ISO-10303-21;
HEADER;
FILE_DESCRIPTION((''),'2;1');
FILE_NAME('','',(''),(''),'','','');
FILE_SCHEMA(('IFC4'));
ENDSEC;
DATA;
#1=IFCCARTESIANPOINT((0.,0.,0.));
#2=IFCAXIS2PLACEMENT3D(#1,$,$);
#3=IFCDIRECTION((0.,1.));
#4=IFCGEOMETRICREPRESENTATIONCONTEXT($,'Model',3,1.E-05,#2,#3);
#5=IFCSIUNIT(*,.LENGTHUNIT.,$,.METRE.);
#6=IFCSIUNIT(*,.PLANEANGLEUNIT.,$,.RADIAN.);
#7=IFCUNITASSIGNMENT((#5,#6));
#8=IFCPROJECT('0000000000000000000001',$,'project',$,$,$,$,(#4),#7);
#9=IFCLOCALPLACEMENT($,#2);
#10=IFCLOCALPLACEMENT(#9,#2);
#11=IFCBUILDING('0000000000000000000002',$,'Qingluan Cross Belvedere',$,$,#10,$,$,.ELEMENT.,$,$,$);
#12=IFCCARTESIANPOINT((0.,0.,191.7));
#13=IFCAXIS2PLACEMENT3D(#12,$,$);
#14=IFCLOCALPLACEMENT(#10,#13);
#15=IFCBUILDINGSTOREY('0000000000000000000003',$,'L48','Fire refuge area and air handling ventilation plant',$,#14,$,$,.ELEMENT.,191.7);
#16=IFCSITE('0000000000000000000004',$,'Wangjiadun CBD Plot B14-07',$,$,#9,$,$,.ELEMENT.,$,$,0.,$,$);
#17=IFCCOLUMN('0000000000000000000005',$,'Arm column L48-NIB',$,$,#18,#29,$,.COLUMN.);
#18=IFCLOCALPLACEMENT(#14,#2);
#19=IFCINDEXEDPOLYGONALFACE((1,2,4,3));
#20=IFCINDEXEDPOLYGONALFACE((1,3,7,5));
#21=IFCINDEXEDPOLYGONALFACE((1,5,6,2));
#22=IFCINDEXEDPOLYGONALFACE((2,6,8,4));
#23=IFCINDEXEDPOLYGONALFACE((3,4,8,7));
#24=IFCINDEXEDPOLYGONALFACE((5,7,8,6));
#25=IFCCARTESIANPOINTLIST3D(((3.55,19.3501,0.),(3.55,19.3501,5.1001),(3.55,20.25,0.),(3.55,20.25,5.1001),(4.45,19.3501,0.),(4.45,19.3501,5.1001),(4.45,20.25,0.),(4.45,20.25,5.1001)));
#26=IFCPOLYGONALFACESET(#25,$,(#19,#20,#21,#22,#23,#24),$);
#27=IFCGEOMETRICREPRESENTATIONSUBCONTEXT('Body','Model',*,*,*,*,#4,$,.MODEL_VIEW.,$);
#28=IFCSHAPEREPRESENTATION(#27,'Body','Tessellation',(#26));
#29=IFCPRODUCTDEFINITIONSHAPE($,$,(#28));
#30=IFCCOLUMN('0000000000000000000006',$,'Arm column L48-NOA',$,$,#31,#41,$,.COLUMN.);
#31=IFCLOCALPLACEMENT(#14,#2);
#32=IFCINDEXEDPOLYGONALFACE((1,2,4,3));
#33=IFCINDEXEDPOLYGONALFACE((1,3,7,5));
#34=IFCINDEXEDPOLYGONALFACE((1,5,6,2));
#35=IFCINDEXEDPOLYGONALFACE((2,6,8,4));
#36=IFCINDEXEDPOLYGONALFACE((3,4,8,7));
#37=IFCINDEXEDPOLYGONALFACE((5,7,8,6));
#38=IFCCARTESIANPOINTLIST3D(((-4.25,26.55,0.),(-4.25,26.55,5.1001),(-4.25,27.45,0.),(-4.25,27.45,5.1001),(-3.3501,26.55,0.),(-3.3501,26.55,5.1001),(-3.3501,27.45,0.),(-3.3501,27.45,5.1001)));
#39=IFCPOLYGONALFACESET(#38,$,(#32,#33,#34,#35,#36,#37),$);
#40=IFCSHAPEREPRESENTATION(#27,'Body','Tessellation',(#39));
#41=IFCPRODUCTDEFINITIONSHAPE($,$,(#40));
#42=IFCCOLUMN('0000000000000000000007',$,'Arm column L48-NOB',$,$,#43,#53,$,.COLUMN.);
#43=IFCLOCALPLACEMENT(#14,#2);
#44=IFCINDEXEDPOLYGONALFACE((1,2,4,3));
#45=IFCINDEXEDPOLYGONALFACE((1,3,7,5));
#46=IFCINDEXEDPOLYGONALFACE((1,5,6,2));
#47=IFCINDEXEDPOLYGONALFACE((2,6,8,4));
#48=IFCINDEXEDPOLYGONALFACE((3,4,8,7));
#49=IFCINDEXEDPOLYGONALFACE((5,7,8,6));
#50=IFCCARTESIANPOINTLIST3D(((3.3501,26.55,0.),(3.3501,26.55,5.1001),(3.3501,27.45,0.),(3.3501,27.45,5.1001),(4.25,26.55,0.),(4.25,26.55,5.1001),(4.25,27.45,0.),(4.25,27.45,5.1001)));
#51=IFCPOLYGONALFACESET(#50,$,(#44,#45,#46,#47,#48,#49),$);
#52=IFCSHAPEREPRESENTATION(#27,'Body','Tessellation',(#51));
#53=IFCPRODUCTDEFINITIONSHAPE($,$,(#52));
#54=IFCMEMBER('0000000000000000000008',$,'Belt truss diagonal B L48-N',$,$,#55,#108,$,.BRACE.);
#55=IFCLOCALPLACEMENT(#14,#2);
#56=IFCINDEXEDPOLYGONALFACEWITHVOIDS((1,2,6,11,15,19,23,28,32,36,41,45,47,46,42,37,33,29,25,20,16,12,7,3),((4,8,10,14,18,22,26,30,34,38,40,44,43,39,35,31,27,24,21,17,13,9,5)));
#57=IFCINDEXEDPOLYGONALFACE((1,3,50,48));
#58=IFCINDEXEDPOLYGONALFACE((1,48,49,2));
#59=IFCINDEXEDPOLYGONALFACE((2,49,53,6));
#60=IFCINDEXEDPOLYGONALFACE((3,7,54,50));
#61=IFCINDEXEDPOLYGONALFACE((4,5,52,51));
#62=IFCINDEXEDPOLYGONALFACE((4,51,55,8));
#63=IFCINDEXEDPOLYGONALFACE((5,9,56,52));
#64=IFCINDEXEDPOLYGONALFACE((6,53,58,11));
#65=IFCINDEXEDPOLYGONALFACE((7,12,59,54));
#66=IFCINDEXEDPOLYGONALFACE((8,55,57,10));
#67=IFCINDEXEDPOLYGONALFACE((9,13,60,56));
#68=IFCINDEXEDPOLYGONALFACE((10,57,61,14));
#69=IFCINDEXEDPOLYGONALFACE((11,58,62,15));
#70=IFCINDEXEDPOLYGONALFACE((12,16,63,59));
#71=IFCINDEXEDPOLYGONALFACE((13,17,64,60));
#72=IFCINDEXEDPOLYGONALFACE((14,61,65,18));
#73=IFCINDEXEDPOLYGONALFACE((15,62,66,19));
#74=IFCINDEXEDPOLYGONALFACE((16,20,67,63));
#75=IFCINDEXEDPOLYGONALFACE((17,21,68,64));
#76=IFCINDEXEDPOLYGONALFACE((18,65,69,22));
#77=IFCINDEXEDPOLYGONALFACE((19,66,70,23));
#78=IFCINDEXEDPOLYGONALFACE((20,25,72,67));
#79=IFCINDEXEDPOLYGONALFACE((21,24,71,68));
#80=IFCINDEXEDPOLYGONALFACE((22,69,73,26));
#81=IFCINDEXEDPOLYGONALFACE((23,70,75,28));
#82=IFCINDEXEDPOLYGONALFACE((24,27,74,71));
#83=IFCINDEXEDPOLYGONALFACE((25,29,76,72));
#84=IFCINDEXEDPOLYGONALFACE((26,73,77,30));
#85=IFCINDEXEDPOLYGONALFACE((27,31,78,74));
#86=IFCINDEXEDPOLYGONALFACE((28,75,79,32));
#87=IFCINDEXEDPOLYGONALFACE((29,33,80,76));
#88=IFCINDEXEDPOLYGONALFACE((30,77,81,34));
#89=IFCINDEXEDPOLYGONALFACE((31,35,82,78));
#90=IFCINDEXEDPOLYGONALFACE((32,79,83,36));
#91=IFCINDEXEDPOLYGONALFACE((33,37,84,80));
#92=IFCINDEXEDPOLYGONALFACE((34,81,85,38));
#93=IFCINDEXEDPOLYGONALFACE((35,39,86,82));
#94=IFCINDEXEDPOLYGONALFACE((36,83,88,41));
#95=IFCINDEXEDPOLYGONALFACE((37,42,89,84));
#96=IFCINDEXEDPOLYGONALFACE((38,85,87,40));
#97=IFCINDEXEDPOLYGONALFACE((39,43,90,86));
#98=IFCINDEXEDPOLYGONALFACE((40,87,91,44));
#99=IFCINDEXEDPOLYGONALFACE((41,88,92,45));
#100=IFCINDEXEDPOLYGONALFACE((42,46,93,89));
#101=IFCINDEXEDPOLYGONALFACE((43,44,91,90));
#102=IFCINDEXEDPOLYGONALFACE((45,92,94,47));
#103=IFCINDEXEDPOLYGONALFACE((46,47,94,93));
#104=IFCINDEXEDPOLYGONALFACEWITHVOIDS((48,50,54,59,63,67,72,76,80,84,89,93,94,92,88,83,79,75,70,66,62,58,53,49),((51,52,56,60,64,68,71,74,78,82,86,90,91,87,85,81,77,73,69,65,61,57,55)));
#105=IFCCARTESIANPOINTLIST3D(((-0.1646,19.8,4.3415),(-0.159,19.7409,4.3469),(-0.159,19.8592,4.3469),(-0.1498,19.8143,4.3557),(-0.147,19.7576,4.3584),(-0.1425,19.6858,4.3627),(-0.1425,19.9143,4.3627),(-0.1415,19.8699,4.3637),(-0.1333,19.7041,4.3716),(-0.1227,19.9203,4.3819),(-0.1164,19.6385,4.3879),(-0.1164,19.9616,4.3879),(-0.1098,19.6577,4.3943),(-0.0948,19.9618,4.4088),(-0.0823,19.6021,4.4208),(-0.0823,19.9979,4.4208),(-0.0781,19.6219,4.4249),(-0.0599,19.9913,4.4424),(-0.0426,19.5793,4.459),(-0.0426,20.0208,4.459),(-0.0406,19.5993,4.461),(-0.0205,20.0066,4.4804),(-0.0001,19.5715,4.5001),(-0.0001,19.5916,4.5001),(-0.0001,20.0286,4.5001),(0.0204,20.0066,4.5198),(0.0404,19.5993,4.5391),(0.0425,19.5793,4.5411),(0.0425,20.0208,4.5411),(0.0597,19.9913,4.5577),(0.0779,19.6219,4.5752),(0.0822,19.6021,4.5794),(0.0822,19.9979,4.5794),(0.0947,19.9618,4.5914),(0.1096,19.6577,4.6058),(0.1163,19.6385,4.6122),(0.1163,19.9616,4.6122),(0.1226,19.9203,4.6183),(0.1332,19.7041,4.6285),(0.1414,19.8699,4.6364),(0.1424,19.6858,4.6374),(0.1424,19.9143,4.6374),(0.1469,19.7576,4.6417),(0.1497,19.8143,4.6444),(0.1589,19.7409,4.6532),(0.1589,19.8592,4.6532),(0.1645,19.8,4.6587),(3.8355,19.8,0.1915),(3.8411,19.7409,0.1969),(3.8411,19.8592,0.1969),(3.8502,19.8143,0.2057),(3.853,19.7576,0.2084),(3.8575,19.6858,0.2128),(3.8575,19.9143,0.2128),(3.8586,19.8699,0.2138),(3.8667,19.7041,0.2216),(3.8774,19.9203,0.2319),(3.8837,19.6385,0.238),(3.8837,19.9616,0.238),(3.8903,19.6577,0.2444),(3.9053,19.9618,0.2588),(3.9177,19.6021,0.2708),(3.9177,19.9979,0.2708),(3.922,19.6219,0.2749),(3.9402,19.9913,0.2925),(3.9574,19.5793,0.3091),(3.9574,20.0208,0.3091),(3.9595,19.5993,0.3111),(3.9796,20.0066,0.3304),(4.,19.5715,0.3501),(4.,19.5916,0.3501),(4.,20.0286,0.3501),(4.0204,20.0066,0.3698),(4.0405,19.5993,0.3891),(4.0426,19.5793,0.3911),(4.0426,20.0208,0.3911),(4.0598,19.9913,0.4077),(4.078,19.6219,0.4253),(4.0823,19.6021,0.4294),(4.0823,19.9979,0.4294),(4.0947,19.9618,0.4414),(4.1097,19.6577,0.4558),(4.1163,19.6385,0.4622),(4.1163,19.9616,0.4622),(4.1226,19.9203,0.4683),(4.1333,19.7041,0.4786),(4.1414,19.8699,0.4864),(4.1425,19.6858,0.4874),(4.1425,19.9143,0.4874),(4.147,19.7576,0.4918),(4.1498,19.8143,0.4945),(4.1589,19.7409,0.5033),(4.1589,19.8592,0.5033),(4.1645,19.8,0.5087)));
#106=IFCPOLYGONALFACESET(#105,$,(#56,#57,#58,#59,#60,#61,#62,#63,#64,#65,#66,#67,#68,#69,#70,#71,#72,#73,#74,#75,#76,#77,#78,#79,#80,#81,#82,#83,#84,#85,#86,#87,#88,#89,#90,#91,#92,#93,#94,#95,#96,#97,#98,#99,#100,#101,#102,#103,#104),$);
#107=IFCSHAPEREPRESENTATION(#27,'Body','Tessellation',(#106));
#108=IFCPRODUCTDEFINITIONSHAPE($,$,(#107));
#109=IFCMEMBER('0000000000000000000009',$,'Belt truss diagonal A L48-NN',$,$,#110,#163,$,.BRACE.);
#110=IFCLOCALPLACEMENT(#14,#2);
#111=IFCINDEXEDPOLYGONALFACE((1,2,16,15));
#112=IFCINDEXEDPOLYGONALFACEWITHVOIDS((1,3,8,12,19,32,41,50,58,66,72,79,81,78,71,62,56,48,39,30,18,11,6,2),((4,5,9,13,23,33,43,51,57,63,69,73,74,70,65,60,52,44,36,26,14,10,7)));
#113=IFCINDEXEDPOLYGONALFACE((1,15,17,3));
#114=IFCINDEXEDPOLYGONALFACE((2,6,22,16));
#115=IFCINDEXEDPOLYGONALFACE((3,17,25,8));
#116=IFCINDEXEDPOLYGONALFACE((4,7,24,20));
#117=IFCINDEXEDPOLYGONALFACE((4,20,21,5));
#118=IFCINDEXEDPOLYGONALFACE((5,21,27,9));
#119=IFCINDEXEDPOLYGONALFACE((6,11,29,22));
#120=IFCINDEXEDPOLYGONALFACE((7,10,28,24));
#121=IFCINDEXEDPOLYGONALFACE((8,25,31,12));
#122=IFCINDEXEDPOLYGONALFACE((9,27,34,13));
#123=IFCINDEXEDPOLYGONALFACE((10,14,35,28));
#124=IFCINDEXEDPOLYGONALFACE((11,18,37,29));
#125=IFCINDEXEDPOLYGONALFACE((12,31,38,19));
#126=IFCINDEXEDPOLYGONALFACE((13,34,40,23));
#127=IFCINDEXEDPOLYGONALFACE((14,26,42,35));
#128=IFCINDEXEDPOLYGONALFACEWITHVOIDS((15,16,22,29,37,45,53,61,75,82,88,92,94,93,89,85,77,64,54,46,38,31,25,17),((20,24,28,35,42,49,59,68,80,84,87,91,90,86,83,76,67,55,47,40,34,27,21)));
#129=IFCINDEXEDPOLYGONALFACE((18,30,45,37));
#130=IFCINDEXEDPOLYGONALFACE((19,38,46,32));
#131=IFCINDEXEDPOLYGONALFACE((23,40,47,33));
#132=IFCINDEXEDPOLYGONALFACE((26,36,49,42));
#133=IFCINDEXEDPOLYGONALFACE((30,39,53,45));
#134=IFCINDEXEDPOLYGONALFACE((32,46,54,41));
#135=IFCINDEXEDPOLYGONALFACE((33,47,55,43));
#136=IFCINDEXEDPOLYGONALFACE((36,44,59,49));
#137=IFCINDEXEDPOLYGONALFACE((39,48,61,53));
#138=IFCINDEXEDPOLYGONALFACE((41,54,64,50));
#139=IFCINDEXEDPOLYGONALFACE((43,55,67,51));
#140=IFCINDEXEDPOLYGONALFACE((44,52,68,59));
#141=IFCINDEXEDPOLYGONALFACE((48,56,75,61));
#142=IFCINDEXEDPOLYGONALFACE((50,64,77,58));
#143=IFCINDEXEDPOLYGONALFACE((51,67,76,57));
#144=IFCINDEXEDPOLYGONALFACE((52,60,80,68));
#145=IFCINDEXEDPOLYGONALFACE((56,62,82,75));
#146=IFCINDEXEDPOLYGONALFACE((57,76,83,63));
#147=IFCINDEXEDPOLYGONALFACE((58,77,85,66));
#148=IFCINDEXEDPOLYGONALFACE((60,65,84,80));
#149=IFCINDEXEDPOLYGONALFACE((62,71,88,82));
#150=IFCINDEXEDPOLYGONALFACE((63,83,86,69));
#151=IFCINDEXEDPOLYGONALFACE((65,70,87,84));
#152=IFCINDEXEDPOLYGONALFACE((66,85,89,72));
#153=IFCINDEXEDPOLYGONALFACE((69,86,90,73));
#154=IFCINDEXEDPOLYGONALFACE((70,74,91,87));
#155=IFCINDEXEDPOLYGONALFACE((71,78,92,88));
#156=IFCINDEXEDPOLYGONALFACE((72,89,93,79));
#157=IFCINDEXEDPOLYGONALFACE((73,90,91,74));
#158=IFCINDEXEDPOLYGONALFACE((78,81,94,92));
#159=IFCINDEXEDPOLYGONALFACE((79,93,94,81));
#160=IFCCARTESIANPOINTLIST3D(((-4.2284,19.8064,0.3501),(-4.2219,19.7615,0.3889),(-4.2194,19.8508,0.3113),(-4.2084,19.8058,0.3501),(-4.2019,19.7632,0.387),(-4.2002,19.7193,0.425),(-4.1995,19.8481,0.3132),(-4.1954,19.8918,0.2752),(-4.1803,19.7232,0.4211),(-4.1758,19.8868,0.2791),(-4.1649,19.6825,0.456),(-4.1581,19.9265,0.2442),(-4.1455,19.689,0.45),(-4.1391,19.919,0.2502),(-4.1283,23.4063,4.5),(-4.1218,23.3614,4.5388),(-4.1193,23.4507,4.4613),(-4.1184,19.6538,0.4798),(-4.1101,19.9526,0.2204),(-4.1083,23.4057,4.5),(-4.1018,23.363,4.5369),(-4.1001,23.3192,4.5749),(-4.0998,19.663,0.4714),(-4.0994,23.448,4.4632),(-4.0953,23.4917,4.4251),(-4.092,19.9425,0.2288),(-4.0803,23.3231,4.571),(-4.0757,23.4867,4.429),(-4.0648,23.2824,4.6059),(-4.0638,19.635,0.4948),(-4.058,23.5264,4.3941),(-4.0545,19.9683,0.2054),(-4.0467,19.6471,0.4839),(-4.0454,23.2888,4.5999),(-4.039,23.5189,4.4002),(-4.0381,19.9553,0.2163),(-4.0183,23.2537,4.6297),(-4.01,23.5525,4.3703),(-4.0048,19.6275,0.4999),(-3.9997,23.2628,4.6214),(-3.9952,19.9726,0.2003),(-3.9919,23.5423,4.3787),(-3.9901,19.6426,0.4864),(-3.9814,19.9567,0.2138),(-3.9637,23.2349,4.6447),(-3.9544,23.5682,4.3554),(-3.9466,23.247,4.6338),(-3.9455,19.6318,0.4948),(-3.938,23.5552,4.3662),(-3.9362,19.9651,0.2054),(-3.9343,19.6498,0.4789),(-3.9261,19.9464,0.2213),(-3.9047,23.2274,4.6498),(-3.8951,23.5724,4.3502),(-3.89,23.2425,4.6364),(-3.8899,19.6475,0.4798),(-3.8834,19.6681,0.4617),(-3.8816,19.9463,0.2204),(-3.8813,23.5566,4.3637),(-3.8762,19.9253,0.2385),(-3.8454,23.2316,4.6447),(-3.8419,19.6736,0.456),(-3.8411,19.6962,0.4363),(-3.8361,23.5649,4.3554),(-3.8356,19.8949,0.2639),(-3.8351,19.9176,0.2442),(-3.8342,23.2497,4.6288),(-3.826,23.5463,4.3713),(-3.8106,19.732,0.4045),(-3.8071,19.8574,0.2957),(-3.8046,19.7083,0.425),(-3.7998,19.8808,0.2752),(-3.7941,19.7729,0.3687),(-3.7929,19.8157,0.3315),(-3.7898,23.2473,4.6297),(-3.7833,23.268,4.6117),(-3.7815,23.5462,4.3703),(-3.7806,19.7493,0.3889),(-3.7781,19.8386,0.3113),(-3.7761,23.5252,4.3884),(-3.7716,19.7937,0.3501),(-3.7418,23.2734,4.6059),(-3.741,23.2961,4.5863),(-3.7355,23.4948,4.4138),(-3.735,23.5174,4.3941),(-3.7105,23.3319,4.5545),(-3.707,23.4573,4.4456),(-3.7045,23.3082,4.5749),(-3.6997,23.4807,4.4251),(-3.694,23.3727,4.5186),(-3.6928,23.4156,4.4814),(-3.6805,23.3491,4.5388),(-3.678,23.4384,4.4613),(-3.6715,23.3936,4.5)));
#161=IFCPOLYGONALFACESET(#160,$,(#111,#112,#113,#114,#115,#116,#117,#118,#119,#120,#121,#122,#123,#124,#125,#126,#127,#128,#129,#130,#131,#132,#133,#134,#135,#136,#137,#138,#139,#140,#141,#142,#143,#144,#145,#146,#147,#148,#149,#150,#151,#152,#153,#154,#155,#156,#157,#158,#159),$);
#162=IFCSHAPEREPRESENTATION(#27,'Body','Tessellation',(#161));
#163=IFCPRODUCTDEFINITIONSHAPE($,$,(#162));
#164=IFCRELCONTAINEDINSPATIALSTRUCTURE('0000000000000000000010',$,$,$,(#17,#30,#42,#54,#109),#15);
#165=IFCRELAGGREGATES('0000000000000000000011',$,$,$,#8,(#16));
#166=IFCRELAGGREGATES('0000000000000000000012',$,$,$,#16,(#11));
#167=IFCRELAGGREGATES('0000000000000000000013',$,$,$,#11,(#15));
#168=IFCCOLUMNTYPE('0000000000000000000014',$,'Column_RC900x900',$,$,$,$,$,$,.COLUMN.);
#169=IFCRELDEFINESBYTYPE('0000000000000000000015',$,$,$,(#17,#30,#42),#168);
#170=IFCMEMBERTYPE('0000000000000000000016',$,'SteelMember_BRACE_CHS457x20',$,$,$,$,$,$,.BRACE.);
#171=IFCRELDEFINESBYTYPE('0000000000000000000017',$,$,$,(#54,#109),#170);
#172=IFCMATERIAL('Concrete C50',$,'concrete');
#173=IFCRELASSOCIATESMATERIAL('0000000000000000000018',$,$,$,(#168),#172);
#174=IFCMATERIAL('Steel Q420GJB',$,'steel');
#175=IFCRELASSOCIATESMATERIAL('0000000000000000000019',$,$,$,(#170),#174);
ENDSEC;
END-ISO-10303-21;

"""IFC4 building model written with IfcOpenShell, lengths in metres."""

from ifc_helpers import new_model, si_unit, direction, frame, origin, origin_2d, place, context, subcontext, project, spatial, rectangle, hollow_circle, extrude, material, material_profile, profile_set, type_object, element, save


model = new_model("IFC4")

# Units and contexts
model_context = context("Model", 3, precision=1e-05, world=origin(), true_north=direction((0.0, 1.0)))
body_context = subcontext(model_context, "Body", "Model", "MODEL_VIEW")
ifc_project = project(units=[si_unit("LENGTHUNIT", "METRE"), si_unit("PLANEANGLEUNIT", "RADIAN")], contexts=[model_context])

# Site, building, storey
site_placement = place(None, origin())
site = spatial("IfcSite", under=ifc_project, at=site_placement, Name="Wangjiadun CBD Plot B14-07", CompositionType="ELEMENT", RefElevation=0.0)
building_placement = place(site_placement, origin())
building = spatial("IfcBuilding", under=site, at=building_placement, Name="Qingluan Cross Belvedere", CompositionType="ELEMENT")
storey_placement = place(building_placement, frame((0.0, 0.0, 191.7)))
storey = spatial("IfcBuildingStorey", under=building, at=storey_placement, Name="L48", Description="Fire refuge area and air handling ventilation plant", CompositionType="ELEMENT", Elevation=191.7)

# Columns
ifc_material_1 = material(Name="Concrete C50", Category="concrete")
ifc_material_profile_1 = material_profile(ifc_material_1, rectangle(XDim=0.8999, YDim=0.8999, at=origin_2d()), Name="RC900x900")
ifc_profile_set_1 = profile_set([ifc_material_profile_1], Name="Concrete C50")
column_type = type_object("IfcColumnType", Name="Column_RC900x900", PredefinedType="COLUMN", material=ifc_profile_set_1)
for number, where, z_axis, x_axis, name in (
    (1, (4.0, 19.8, 0.0), (0.0, 0.0, 1.0), (1.0, 0.0, 0.0), "Arm column L48-NIB"),
    (2, (-3.8, 27.0, 0.0), (0.0, 0.0, 1.0), (1.0, 0.0, 0.0), "Arm column L48-NOA"),
    (3, (3.8, 27.0, 0.0), (0.0, 0.0, 1.0), (1.0, 0.0, 0.0), "Arm column L48-NOB"),
):
    element("IfcColumn", number, at=place(storey_placement, frame(where, z_axis=z_axis, x_axis=x_axis)), inside=storey, type_object=column_type, Name=name, PredefinedType="COLUMN", context=body_context, shape_type="SweptSolid", body=[
        extrude(rectangle(XDim=0.8999, YDim=0.8999, at=origin_2d()), origin(), (0.0, 0.0, 1.0), 5.1001),
    ])

# Members
ifc_material_2 = material(Name="Steel Q420GJB", Category="steel")
ifc_material_profile_2 = material_profile(ifc_material_2, hollow_circle(Radius=0.2285, WallThickness=0.02, at=origin_2d()), Name="CHS457x20")
ifc_profile_set_2 = profile_set([ifc_material_profile_2], Name="Steel Q420GJB")
member_type_1 = type_object("IfcMemberType", Name="SteelMember_BRACE_CHS457x20", PredefinedType="BRACE", material=ifc_profile_set_2)
member_1_placement = place(storey_placement, frame((4.0, 19.8, 0.3501), z_axis=(-0.693983, 0.0, 0.719991), x_axis=(0.0, -1.0, 0.0)))
element("IfcMember", 4, at=member_1_placement, inside=storey, type_object=member_type_1, Name="Belt truss diagonal B L48-N", PredefinedType="BRACE", context=body_context, shape_type="SweptSolid", body=[
    extrude(hollow_circle(Radius=0.2285, WallThickness=0.02, at=origin_2d()), origin(), (0.0, 0.0, 1.0), 5.7639),
])
member_2_placement = place(storey_placement, frame((-4.0, 19.8, 0.3501), z_axis=(0.018217, 0.655162, 0.755269), x_axis=(-0.999614, 0.027795, 0.0)))
element("IfcMember", 5, at=member_2_placement, inside=storey, type_object=member_type_1, Name="Belt truss diagonal A L48-NN", PredefinedType="BRACE", context=body_context, shape_type="SweptSolid", body=[
    extrude(hollow_circle(Radius=0.2285, WallThickness=0.02, at=origin_2d()), origin(), (0.0, 0.0, 1.0), 5.4946),
])

save(model, "model.ifc")
